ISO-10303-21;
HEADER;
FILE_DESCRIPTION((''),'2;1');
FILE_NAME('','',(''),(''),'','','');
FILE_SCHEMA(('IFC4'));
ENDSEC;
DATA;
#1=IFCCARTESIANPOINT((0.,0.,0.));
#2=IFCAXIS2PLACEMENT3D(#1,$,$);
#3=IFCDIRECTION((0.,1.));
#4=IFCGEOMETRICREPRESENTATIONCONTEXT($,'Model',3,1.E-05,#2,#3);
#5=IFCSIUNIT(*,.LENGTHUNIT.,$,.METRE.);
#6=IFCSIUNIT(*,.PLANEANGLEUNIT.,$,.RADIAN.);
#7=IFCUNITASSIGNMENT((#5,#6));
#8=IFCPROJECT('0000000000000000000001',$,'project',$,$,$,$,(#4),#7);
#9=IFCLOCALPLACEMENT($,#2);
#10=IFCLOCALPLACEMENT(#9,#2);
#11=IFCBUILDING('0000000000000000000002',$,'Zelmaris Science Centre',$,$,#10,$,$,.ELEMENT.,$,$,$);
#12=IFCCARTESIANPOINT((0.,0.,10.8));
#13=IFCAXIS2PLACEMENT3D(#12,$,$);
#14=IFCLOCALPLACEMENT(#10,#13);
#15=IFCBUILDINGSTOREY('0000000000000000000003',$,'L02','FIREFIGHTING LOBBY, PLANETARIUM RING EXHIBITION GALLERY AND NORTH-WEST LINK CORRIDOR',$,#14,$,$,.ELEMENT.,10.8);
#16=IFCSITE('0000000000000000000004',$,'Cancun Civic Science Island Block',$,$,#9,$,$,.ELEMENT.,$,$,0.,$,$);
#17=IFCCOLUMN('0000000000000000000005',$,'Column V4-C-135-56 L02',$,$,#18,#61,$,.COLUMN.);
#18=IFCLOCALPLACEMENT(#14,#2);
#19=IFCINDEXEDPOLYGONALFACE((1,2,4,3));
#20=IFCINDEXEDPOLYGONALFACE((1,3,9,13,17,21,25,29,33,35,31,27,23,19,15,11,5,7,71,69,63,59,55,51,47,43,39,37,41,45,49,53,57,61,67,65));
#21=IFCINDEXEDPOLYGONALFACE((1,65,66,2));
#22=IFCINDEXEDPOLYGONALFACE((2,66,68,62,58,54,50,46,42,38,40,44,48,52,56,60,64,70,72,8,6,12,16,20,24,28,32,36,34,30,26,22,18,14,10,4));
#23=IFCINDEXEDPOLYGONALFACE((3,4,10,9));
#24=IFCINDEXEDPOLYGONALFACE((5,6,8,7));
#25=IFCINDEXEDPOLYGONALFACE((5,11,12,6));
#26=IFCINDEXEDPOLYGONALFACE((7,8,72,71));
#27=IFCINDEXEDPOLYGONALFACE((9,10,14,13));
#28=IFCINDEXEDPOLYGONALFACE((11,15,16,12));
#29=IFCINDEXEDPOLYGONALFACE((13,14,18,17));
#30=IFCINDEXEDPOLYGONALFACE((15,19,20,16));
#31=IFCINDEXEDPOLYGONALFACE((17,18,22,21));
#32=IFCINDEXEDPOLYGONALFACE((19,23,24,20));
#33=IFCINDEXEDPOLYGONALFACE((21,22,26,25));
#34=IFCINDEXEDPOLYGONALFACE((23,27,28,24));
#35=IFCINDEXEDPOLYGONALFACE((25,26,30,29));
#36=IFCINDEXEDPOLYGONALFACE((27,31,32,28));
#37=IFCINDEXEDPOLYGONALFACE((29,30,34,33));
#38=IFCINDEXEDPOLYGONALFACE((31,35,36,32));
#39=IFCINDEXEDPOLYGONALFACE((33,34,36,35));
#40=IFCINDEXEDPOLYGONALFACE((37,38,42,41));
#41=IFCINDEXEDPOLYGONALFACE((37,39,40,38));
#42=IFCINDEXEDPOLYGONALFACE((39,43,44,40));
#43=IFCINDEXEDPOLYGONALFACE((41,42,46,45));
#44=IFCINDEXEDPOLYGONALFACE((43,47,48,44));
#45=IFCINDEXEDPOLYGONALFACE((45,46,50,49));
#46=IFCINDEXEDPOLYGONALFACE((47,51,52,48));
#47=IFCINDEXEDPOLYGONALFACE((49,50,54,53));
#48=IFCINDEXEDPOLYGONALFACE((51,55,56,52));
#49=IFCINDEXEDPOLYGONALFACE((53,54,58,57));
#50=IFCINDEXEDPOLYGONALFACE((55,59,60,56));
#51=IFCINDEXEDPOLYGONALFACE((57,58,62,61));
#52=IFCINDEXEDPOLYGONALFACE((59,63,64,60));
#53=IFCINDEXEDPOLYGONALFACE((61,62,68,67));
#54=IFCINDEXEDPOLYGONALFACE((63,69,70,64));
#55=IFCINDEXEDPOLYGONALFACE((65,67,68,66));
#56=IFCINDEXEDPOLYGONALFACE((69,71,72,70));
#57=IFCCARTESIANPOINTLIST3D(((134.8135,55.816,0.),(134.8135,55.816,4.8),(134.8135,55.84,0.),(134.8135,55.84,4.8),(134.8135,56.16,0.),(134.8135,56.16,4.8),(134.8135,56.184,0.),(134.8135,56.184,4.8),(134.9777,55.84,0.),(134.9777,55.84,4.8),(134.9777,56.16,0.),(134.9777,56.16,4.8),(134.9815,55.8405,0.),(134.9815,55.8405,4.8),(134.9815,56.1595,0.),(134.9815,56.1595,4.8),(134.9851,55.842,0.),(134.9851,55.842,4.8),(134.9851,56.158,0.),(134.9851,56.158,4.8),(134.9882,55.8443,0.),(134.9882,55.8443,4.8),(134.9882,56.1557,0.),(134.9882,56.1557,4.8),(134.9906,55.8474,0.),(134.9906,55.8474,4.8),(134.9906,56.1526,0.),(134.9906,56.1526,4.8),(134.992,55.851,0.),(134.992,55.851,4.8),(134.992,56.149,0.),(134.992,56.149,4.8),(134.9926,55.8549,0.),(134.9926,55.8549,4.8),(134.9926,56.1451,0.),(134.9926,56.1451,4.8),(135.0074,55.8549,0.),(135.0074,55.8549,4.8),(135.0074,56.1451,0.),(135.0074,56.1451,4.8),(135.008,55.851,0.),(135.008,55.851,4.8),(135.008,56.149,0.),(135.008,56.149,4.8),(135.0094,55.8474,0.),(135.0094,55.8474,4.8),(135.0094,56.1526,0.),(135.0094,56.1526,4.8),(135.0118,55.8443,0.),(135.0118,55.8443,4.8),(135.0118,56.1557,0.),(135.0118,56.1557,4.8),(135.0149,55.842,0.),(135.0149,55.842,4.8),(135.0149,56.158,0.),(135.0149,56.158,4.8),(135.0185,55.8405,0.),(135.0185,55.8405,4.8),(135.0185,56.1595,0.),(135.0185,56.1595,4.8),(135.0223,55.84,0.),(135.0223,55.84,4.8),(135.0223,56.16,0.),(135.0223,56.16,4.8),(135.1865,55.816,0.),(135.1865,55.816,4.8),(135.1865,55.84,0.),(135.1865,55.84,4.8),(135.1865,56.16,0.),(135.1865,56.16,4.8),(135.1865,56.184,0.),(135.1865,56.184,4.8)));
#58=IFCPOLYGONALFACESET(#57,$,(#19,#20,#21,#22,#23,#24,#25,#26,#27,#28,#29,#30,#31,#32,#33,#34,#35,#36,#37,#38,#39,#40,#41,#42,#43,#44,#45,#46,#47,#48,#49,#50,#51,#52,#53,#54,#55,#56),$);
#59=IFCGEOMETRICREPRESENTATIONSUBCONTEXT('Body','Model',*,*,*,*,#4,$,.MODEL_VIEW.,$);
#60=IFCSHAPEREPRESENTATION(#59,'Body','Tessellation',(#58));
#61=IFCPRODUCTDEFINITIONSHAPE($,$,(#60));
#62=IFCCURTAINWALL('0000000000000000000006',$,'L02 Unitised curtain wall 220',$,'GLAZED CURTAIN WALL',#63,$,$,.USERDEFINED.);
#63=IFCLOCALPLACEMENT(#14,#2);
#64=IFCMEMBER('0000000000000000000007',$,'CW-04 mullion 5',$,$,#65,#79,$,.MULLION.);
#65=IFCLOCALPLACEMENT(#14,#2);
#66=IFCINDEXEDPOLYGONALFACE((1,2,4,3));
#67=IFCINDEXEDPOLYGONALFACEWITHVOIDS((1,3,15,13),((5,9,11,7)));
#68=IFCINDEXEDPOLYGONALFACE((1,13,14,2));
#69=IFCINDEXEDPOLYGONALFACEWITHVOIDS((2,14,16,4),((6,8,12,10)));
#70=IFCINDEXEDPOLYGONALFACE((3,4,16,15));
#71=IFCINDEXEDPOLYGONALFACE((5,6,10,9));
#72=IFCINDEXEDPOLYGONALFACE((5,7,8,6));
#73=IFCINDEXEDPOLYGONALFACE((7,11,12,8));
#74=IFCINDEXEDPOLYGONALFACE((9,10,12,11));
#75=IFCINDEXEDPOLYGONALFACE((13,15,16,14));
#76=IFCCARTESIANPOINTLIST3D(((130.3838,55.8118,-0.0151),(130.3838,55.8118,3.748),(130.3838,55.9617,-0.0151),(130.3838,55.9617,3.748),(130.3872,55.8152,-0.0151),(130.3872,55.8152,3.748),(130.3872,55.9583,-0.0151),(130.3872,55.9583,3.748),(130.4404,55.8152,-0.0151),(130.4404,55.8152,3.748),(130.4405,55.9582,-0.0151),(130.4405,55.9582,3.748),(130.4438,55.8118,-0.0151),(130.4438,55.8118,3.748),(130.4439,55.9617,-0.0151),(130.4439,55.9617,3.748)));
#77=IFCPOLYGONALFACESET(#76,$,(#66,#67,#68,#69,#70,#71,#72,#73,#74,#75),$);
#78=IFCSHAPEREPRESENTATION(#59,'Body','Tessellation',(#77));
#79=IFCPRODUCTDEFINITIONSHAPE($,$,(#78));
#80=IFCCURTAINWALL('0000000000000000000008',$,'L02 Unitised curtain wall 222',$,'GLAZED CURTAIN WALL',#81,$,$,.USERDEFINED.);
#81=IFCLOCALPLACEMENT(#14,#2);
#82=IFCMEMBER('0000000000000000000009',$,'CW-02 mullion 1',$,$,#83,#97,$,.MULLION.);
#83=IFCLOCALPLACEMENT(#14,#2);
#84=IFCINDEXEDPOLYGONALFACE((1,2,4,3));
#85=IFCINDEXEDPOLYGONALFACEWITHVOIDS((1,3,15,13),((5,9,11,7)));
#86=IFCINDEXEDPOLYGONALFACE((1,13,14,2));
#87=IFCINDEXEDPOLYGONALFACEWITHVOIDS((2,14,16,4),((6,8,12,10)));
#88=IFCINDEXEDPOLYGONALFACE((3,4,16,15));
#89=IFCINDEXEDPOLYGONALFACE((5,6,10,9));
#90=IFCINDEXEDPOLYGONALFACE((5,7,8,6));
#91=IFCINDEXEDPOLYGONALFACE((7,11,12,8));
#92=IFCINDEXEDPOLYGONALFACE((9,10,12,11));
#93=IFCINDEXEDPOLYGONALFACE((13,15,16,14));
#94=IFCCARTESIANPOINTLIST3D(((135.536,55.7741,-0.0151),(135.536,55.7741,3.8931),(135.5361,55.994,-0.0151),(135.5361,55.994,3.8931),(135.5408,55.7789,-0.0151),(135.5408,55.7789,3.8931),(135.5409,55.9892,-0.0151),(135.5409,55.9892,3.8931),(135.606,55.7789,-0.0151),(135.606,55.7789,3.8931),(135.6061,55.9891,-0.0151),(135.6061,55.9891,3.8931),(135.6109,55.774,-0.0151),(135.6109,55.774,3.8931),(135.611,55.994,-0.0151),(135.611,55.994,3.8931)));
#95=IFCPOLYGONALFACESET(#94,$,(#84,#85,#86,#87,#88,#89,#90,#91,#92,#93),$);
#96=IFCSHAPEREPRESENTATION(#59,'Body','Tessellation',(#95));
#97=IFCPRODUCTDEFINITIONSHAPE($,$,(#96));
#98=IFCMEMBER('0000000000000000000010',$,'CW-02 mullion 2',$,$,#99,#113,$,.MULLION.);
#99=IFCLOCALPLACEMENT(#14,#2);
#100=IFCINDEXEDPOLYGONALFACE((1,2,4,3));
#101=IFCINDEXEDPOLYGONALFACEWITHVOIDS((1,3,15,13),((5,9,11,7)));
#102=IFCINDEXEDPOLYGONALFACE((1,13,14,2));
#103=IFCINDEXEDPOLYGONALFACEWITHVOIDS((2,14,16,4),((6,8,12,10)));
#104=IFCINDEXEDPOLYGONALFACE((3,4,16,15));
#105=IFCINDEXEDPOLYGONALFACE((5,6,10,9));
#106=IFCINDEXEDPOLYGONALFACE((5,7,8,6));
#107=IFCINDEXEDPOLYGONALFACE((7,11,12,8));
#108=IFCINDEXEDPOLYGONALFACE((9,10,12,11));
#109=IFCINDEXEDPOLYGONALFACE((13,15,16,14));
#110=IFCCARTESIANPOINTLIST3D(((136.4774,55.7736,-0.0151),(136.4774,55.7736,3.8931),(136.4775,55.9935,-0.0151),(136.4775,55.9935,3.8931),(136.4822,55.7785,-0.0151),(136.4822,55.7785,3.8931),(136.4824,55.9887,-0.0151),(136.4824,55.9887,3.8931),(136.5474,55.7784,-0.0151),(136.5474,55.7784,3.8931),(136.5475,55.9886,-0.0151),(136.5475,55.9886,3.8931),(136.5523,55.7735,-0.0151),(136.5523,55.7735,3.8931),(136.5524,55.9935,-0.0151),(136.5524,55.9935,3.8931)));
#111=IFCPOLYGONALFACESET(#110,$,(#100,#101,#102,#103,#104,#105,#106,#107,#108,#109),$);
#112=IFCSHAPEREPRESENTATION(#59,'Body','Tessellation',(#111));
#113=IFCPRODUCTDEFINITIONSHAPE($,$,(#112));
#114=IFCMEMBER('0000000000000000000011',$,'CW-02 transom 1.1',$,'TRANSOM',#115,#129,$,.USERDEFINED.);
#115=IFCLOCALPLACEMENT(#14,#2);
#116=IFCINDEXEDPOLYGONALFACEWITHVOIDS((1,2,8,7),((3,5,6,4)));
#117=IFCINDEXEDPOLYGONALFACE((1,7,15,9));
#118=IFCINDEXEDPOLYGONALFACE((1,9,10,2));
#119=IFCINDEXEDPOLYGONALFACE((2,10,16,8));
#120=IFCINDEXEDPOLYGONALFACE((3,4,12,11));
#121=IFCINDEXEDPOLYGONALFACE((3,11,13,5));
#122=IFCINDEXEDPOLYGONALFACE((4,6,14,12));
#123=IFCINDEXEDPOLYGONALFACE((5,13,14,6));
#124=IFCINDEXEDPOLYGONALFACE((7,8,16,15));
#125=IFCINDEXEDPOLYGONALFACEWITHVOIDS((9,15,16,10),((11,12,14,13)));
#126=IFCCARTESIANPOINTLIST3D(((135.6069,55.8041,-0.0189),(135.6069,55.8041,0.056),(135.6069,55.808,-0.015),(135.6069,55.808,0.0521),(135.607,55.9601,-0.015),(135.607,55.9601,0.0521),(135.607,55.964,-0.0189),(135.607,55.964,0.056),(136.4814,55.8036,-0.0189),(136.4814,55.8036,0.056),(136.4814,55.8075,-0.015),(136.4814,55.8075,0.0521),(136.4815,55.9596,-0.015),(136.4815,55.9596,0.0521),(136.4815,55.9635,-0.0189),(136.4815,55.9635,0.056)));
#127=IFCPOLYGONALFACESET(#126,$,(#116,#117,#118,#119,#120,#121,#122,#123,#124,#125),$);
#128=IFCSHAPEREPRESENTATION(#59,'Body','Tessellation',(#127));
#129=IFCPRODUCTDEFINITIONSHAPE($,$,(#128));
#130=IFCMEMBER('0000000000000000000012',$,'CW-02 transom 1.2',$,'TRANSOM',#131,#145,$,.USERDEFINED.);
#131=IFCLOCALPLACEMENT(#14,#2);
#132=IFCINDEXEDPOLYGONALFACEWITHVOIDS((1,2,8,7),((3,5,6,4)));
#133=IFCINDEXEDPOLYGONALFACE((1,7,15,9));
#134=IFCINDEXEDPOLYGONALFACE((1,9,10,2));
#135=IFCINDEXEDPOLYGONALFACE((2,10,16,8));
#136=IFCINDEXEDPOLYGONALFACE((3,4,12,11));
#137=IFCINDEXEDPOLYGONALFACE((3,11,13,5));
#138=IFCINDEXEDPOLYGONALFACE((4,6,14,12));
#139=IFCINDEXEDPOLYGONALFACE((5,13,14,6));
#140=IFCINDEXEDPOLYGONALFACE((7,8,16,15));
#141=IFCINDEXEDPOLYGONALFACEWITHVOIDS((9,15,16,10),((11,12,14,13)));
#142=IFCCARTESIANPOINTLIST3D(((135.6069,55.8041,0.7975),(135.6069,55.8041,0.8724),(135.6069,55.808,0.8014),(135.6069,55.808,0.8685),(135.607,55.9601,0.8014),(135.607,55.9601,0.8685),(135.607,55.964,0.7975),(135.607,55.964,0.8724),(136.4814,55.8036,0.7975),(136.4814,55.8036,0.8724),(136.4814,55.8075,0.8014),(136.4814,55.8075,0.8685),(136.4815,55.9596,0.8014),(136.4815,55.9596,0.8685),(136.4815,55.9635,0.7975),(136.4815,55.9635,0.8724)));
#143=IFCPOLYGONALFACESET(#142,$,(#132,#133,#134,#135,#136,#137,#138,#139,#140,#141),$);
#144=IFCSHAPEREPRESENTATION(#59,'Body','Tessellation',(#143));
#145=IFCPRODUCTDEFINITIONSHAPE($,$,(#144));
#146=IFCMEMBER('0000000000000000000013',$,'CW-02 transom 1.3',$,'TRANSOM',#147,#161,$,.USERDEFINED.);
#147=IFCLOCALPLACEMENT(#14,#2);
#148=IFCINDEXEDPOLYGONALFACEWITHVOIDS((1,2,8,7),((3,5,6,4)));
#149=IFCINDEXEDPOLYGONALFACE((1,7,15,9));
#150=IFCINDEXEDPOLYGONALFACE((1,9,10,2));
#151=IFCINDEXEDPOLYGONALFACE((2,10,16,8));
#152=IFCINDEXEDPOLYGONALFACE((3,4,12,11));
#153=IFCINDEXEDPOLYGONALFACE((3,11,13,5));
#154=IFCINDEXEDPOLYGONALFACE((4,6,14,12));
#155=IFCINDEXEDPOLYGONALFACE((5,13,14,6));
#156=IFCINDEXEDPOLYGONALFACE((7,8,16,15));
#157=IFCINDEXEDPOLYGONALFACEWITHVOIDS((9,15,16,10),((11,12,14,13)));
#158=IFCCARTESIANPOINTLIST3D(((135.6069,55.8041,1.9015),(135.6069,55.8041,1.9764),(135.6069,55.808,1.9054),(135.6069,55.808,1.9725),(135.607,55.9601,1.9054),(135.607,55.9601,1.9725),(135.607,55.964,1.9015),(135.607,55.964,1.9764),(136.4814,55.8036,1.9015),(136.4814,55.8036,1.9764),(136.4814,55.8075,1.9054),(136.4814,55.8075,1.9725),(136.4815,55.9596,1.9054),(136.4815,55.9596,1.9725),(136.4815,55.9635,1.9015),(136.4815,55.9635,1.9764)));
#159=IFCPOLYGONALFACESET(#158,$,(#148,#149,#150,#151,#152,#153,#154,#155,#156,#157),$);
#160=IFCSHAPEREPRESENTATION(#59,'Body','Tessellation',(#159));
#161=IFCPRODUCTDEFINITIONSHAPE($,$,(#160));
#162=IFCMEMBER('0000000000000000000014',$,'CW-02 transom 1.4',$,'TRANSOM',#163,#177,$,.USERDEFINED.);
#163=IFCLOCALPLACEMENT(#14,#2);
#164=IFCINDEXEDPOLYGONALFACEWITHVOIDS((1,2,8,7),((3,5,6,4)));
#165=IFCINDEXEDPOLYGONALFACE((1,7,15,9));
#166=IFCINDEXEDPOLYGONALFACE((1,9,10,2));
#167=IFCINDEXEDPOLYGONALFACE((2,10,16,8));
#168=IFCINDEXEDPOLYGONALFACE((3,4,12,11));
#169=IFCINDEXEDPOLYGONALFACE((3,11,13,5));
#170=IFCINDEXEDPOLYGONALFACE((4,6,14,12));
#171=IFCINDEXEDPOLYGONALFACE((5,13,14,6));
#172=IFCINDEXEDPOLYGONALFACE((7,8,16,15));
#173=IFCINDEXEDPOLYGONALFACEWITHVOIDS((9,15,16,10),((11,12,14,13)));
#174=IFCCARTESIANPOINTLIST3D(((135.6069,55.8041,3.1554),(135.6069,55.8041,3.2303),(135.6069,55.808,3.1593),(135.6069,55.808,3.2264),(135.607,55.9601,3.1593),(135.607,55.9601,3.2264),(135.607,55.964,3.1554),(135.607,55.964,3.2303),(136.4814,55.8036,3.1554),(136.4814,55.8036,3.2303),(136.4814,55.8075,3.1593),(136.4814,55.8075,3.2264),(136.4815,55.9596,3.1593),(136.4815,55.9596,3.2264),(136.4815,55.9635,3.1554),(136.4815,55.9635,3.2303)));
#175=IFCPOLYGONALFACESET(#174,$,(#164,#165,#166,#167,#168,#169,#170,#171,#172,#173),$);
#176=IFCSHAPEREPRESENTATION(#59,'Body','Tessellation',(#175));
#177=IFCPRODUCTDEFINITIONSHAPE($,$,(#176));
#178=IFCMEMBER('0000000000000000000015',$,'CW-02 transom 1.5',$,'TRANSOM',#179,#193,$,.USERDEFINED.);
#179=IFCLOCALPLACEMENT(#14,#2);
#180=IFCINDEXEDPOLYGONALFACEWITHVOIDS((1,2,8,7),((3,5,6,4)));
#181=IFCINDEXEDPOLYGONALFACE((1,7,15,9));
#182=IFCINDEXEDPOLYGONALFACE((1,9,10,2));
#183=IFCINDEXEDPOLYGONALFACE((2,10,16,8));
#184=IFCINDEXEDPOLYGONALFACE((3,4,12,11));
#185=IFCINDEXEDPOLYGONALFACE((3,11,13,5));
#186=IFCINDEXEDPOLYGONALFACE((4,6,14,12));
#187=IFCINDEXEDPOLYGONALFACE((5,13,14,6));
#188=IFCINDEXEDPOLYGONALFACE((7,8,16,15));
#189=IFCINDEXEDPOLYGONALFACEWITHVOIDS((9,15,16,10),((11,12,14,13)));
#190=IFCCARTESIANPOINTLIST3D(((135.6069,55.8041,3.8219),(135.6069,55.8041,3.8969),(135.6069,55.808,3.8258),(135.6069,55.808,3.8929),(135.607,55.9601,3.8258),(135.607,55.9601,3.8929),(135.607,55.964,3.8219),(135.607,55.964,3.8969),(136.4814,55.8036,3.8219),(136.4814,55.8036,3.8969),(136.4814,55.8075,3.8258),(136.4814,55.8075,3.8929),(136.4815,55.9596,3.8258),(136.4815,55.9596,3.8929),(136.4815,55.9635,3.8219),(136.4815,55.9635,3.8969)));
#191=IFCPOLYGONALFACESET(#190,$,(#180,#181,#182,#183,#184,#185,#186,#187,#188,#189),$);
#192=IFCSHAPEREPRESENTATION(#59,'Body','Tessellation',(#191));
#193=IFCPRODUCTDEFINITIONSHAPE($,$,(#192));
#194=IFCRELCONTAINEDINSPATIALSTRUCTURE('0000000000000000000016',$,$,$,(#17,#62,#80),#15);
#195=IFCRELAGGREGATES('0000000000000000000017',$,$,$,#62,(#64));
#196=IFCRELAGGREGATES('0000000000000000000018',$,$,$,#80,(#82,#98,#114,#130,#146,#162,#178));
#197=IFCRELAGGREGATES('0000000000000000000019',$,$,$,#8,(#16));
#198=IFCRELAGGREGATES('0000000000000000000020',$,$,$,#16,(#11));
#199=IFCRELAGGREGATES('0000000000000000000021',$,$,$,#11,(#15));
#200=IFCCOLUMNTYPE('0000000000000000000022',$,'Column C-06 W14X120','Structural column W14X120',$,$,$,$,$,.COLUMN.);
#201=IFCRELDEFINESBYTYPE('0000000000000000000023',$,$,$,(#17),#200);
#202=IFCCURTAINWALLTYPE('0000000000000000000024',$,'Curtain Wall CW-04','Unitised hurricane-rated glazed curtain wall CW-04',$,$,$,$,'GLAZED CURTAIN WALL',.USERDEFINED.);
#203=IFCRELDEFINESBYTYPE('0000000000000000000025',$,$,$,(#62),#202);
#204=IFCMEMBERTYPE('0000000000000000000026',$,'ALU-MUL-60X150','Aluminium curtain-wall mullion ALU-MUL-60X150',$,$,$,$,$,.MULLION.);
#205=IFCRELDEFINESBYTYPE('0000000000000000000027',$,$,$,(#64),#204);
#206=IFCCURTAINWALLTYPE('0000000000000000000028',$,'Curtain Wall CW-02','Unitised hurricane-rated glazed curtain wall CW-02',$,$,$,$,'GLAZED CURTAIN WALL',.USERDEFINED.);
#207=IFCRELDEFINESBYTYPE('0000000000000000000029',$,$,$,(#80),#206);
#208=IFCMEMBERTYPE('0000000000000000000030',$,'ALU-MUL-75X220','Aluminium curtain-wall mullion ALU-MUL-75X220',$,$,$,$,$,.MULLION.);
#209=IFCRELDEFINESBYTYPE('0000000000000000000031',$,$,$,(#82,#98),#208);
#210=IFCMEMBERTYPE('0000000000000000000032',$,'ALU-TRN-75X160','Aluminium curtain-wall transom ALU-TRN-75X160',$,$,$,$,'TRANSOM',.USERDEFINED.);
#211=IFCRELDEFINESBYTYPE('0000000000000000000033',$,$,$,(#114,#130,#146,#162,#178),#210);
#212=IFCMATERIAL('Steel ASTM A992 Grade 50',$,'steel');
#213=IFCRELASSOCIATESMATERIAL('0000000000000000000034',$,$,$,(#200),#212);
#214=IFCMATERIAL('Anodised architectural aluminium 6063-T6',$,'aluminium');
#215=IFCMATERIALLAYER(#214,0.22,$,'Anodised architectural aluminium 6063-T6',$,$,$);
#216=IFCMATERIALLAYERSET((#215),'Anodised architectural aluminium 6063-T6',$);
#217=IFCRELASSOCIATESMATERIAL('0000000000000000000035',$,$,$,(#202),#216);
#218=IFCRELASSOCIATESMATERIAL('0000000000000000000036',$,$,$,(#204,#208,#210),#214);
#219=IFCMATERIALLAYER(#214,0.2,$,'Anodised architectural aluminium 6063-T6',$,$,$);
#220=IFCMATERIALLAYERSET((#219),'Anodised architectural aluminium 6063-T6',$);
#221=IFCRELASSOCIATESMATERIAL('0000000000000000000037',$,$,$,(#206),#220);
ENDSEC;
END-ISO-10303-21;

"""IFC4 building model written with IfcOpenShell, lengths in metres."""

from ifc_helpers import new_model, si_unit, direction, frame, origin, origin_2d, place, context, subcontext, project, spatial, hollow_rectangle, i_section, extrude, material, layer, layer_set, material_profile, profile_set, type_object, element, aggregate, save


model = new_model("IFC4")

# Units and contexts
model_context = context("Model", 3, precision=1e-05, world=origin(), true_north=direction((0.0, 1.0)))
body_context = subcontext(model_context, "Body", "Model", "MODEL_VIEW")
ifc_project = project(units=[si_unit("LENGTHUNIT", "METRE"), si_unit("PLANEANGLEUNIT", "RADIAN")], contexts=[model_context])

# Site, building, storey
site_placement = place(None, origin())
site = spatial("IfcSite", under=ifc_project, at=site_placement, Name="Cancun Civic Science Island Block", CompositionType="ELEMENT", RefElevation=0.0)
building_placement = place(site_placement, origin())
building = spatial("IfcBuilding", under=site, at=building_placement, Name="Zelmaris Science Centre", CompositionType="ELEMENT")
storey_placement = place(building_placement, frame((0.0, 0.0, 10.8)))
storey = spatial("IfcBuildingStorey", under=building, at=storey_placement, Name="L02", Description="FIREFIGHTING LOBBY, PLANETARIUM RING EXHIBITION GALLERY AND NORTH-WEST LINK CORRIDOR", CompositionType="ELEMENT", Elevation=10.8)

# Column
ifc_material_1 = material(Name="Steel ASTM A992 Grade 50", Category="steel")
ifc_material_profile_1 = material_profile(ifc_material_1, i_section(OverallWidth=0.373, OverallDepth=0.3679, WebThickness=0.0149, FlangeThickness=0.0239, FilletRadius=0.0149, at=origin_2d()), Name="W14X120")
ifc_profile_set_1 = profile_set([ifc_material_profile_1], Name="Steel ASTM A992 Grade 50")
column_type = type_object("IfcColumnType", Name="Column C-06 W14X120", Description="Structural column W14X120", PredefinedType="COLUMN", material=ifc_profile_set_1)
column_placement = place(storey_placement, frame((135.0, 56.0, 0.0), z_axis=(0.0, 0.0, 1.0), x_axis=(1.0, 0.0, 0.0)))
element("IfcColumn", 1, at=column_placement, inside=storey, type_object=column_type, Name="Column V4-C-135-56 L02", PredefinedType="COLUMN", context=body_context, shape_type="SweptSolid", body=[
    extrude(i_section(OverallWidth=0.373, OverallDepth=0.3679, WebThickness=0.0149, FlangeThickness=0.0239, FilletRadius=0.0149, at=origin_2d()), origin(), (0.0, 0.0, 1.0), 4.8),
])

# Curtain wall, member
ifc_material_2 = material(Name="Anodised architectural aluminium 6063-T6", Category="aluminium")
ifc_layer_1 = layer(ifc_material_2, 0.22, Name="Anodised architectural aluminium 6063-T6")
ifc_layer_set_1 = layer_set([ifc_layer_1], Name="Anodised architectural aluminium 6063-T6")
curtain_wall_type_1 = type_object("IfcCurtainWallType", Name="Curtain Wall CW-04", Description="Unitised hurricane-rated glazed curtain wall CW-04", ElementType="GLAZED CURTAIN WALL", PredefinedType="USERDEFINED", material=ifc_layer_set_1)
curtain_wall_1_placement = place(storey_placement, origin())
curtain_wall_1 = element("IfcCurtainWall", 2, at=curtain_wall_1_placement, inside=storey, type_object=curtain_wall_type_1, Name="L02 Unitised curtain wall 220", ObjectType="GLAZED CURTAIN WALL", PredefinedType="USERDEFINED")
ifc_material_profile_2 = material_profile(ifc_material_2, hollow_rectangle(XDim=0.0601, YDim=0.1499, WallThickness=0.0034, at=origin_2d()), Name="ALU-MUL-60X150")
ifc_profile_set_2 = profile_set([ifc_material_profile_2], Name="Anodised architectural aluminium 6063-T6")
member_type_1 = type_object("IfcMemberType", Name="ALU-MUL-60X150", Description="Aluminium curtain-wall mullion ALU-MUL-60X150", PredefinedType="MULLION", material=ifc_profile_set_2)
member_1_placement = place(storey_placement, frame((130.4138, 55.8867, -0.0151), z_axis=(0.0, 0.0, 1.0), x_axis=(1.0, -0.000489, 0.0)))
member_1 = element("IfcMember", 3, at=member_1_placement, type_object=member_type_1, Name="CW-04 mullion 5", PredefinedType="MULLION", context=body_context, shape_type="SweptSolid", body=[
    extrude(hollow_rectangle(XDim=0.0601, YDim=0.1499, WallThickness=0.0034, at=origin_2d()), origin(), (0.0, 0.0, 1.0), 3.7632),
])
aggregate(curtain_wall_1, [member_1])

# Curtain wall, members
ifc_layer_2 = layer(ifc_material_2, 0.2, Name="Anodised architectural aluminium 6063-T6")
ifc_layer_set_2 = layer_set([ifc_layer_2], Name="Anodised architectural aluminium 6063-T6")
curtain_wall_type_2 = type_object("IfcCurtainWallType", Name="Curtain Wall CW-02", Description="Unitised hurricane-rated glazed curtain wall CW-02", ElementType="GLAZED CURTAIN WALL", PredefinedType="USERDEFINED", material=ifc_layer_set_2)
curtain_wall_2_placement = place(storey_placement, origin())
curtain_wall_2 = element("IfcCurtainWall", 4, at=curtain_wall_2_placement, inside=storey, type_object=curtain_wall_type_2, Name="L02 Unitised curtain wall 222", ObjectType="GLAZED CURTAIN WALL", PredefinedType="USERDEFINED")
ifc_material_profile_3 = material_profile(ifc_material_2, hollow_rectangle(XDim=0.075, YDim=0.22, WallThickness=0.0049, at=origin_2d()), Name="ALU-MUL-75X220")
ifc_profile_set_3 = profile_set([ifc_material_profile_3], Name="Anodised architectural aluminium 6063-T6")
member_type_2 = type_object("IfcMemberType", Name="ALU-MUL-75X220", Description="Aluminium curtain-wall mullion ALU-MUL-75X220", PredefinedType="MULLION", material=ifc_profile_set_3)
member_2_placement = place(storey_placement, frame((135.5735, 55.884, -0.0151), z_axis=(0.0, 0.0, 1.0), x_axis=(1.0, -0.000489, 0.0)))
member_2 = element("IfcMember", 5, at=member_2_placement, type_object=member_type_2, Name="CW-02 mullion 1", PredefinedType="MULLION", context=body_context, shape_type="SweptSolid", body=[
    extrude(hollow_rectangle(XDim=0.075, YDim=0.22, WallThickness=0.0049, at=origin_2d()), origin(), (0.0, 0.0, 1.0), 3.9082),
])
member_3_placement = place(storey_placement, frame((136.5149, 55.8835, -0.0151), z_axis=(0.0, 0.0, 1.0), x_axis=(1.0, -0.000489, 0.0)))
member_3 = element("IfcMember", 6, at=member_3_placement, type_object=member_type_2, Name="CW-02 mullion 2", PredefinedType="MULLION", context=body_context, shape_type="SweptSolid", body=[
    extrude(hollow_rectangle(XDim=0.075, YDim=0.22, WallThickness=0.0049, at=origin_2d()), origin(), (0.0, 0.0, 1.0), 3.9082),
])
ifc_material_profile_4 = material_profile(ifc_material_2, hollow_rectangle(XDim=0.075, YDim=0.1599, WallThickness=0.0039, at=origin_2d()), Name="ALU-TRN-75X160")
ifc_profile_set_4 = profile_set([ifc_material_profile_4], Name="Anodised architectural aluminium 6063-T6")
member_type_3 = type_object("IfcMemberType", Name="ALU-TRN-75X160", Description="Aluminium curtain-wall transom ALU-TRN-75X160", ElementType="TRANSOM", PredefinedType="USERDEFINED", material=ifc_profile_set_4)
member_4_placement = place(storey_placement, frame((135.6069, 55.884, 0.0186), z_axis=(1.0, -0.000558, 0.0), x_axis=(0.0, 0.0, 1.0)))
member_4 = element("IfcMember", 7, at=member_4_placement, type_object=member_type_3, Name="CW-02 transom 1.1", ObjectType="TRANSOM", PredefinedType="USERDEFINED", context=body_context, shape_type="SweptSolid", body=[
    extrude(hollow_rectangle(XDim=0.075, YDim=0.1599, WallThickness=0.0039, at=origin_2d()), origin(), (0.0, 0.0, 1.0), 0.8745),
])
member_5_placement = place(storey_placement, frame((135.6069, 55.884, 0.835), z_axis=(1.0, -0.000558, 0.0), x_axis=(0.0, 0.0, 1.0)))
member_5 = element("IfcMember", 8, at=member_5_placement, type_object=member_type_3, Name="CW-02 transom 1.2", ObjectType="TRANSOM", PredefinedType="USERDEFINED", context=body_context, shape_type="SweptSolid", body=[
    extrude(hollow_rectangle(XDim=0.075, YDim=0.1599, WallThickness=0.0039, at=origin_2d()), origin(), (0.0, 0.0, 1.0), 0.8745),
])
member_6_placement = place(storey_placement, frame((135.6069, 55.884, 1.939), z_axis=(1.0, -0.000558, 0.0), x_axis=(0.0, 0.0, 1.0)))
member_6 = element("IfcMember", 9, at=member_6_placement, type_object=member_type_3, Name="CW-02 transom 1.3", ObjectType="TRANSOM", PredefinedType="USERDEFINED", context=body_context, shape_type="SweptSolid", body=[
    extrude(hollow_rectangle(XDim=0.075, YDim=0.1599, WallThickness=0.0039, at=origin_2d()), origin(), (0.0, 0.0, 1.0), 0.8745),
])
member_7_placement = place(storey_placement, frame((135.6069, 55.884, 3.1929), z_axis=(1.0, -0.000558, 0.0), x_axis=(0.0, 0.0, 1.0)))
member_7 = element("IfcMember", 10, at=member_7_placement, type_object=member_type_3, Name="CW-02 transom 1.4", ObjectType="TRANSOM", PredefinedType="USERDEFINED", context=body_context, shape_type="SweptSolid", body=[
    extrude(hollow_rectangle(XDim=0.075, YDim=0.1599, WallThickness=0.0039, at=origin_2d()), origin(), (0.0, 0.0, 1.0), 0.8745),
])
member_8_placement = place(storey_placement, frame((135.6069, 55.884, 3.8594), z_axis=(1.0, -0.000558, 0.0), x_axis=(0.0, 0.0, 1.0)))
member_8 = element("IfcMember", 11, at=member_8_placement, type_object=member_type_3, Name="CW-02 transom 1.5", ObjectType="TRANSOM", PredefinedType="USERDEFINED", context=body_context, shape_type="SweptSolid", body=[
    extrude(hollow_rectangle(XDim=0.075, YDim=0.1599, WallThickness=0.0039, at=origin_2d()), origin(), (0.0, 0.0, 1.0), 0.8745),
])

aggregate(curtain_wall_2, [member_2, member_3, member_4, member_5, member_6, member_7, member_8])

save(model, "model.ifc")
